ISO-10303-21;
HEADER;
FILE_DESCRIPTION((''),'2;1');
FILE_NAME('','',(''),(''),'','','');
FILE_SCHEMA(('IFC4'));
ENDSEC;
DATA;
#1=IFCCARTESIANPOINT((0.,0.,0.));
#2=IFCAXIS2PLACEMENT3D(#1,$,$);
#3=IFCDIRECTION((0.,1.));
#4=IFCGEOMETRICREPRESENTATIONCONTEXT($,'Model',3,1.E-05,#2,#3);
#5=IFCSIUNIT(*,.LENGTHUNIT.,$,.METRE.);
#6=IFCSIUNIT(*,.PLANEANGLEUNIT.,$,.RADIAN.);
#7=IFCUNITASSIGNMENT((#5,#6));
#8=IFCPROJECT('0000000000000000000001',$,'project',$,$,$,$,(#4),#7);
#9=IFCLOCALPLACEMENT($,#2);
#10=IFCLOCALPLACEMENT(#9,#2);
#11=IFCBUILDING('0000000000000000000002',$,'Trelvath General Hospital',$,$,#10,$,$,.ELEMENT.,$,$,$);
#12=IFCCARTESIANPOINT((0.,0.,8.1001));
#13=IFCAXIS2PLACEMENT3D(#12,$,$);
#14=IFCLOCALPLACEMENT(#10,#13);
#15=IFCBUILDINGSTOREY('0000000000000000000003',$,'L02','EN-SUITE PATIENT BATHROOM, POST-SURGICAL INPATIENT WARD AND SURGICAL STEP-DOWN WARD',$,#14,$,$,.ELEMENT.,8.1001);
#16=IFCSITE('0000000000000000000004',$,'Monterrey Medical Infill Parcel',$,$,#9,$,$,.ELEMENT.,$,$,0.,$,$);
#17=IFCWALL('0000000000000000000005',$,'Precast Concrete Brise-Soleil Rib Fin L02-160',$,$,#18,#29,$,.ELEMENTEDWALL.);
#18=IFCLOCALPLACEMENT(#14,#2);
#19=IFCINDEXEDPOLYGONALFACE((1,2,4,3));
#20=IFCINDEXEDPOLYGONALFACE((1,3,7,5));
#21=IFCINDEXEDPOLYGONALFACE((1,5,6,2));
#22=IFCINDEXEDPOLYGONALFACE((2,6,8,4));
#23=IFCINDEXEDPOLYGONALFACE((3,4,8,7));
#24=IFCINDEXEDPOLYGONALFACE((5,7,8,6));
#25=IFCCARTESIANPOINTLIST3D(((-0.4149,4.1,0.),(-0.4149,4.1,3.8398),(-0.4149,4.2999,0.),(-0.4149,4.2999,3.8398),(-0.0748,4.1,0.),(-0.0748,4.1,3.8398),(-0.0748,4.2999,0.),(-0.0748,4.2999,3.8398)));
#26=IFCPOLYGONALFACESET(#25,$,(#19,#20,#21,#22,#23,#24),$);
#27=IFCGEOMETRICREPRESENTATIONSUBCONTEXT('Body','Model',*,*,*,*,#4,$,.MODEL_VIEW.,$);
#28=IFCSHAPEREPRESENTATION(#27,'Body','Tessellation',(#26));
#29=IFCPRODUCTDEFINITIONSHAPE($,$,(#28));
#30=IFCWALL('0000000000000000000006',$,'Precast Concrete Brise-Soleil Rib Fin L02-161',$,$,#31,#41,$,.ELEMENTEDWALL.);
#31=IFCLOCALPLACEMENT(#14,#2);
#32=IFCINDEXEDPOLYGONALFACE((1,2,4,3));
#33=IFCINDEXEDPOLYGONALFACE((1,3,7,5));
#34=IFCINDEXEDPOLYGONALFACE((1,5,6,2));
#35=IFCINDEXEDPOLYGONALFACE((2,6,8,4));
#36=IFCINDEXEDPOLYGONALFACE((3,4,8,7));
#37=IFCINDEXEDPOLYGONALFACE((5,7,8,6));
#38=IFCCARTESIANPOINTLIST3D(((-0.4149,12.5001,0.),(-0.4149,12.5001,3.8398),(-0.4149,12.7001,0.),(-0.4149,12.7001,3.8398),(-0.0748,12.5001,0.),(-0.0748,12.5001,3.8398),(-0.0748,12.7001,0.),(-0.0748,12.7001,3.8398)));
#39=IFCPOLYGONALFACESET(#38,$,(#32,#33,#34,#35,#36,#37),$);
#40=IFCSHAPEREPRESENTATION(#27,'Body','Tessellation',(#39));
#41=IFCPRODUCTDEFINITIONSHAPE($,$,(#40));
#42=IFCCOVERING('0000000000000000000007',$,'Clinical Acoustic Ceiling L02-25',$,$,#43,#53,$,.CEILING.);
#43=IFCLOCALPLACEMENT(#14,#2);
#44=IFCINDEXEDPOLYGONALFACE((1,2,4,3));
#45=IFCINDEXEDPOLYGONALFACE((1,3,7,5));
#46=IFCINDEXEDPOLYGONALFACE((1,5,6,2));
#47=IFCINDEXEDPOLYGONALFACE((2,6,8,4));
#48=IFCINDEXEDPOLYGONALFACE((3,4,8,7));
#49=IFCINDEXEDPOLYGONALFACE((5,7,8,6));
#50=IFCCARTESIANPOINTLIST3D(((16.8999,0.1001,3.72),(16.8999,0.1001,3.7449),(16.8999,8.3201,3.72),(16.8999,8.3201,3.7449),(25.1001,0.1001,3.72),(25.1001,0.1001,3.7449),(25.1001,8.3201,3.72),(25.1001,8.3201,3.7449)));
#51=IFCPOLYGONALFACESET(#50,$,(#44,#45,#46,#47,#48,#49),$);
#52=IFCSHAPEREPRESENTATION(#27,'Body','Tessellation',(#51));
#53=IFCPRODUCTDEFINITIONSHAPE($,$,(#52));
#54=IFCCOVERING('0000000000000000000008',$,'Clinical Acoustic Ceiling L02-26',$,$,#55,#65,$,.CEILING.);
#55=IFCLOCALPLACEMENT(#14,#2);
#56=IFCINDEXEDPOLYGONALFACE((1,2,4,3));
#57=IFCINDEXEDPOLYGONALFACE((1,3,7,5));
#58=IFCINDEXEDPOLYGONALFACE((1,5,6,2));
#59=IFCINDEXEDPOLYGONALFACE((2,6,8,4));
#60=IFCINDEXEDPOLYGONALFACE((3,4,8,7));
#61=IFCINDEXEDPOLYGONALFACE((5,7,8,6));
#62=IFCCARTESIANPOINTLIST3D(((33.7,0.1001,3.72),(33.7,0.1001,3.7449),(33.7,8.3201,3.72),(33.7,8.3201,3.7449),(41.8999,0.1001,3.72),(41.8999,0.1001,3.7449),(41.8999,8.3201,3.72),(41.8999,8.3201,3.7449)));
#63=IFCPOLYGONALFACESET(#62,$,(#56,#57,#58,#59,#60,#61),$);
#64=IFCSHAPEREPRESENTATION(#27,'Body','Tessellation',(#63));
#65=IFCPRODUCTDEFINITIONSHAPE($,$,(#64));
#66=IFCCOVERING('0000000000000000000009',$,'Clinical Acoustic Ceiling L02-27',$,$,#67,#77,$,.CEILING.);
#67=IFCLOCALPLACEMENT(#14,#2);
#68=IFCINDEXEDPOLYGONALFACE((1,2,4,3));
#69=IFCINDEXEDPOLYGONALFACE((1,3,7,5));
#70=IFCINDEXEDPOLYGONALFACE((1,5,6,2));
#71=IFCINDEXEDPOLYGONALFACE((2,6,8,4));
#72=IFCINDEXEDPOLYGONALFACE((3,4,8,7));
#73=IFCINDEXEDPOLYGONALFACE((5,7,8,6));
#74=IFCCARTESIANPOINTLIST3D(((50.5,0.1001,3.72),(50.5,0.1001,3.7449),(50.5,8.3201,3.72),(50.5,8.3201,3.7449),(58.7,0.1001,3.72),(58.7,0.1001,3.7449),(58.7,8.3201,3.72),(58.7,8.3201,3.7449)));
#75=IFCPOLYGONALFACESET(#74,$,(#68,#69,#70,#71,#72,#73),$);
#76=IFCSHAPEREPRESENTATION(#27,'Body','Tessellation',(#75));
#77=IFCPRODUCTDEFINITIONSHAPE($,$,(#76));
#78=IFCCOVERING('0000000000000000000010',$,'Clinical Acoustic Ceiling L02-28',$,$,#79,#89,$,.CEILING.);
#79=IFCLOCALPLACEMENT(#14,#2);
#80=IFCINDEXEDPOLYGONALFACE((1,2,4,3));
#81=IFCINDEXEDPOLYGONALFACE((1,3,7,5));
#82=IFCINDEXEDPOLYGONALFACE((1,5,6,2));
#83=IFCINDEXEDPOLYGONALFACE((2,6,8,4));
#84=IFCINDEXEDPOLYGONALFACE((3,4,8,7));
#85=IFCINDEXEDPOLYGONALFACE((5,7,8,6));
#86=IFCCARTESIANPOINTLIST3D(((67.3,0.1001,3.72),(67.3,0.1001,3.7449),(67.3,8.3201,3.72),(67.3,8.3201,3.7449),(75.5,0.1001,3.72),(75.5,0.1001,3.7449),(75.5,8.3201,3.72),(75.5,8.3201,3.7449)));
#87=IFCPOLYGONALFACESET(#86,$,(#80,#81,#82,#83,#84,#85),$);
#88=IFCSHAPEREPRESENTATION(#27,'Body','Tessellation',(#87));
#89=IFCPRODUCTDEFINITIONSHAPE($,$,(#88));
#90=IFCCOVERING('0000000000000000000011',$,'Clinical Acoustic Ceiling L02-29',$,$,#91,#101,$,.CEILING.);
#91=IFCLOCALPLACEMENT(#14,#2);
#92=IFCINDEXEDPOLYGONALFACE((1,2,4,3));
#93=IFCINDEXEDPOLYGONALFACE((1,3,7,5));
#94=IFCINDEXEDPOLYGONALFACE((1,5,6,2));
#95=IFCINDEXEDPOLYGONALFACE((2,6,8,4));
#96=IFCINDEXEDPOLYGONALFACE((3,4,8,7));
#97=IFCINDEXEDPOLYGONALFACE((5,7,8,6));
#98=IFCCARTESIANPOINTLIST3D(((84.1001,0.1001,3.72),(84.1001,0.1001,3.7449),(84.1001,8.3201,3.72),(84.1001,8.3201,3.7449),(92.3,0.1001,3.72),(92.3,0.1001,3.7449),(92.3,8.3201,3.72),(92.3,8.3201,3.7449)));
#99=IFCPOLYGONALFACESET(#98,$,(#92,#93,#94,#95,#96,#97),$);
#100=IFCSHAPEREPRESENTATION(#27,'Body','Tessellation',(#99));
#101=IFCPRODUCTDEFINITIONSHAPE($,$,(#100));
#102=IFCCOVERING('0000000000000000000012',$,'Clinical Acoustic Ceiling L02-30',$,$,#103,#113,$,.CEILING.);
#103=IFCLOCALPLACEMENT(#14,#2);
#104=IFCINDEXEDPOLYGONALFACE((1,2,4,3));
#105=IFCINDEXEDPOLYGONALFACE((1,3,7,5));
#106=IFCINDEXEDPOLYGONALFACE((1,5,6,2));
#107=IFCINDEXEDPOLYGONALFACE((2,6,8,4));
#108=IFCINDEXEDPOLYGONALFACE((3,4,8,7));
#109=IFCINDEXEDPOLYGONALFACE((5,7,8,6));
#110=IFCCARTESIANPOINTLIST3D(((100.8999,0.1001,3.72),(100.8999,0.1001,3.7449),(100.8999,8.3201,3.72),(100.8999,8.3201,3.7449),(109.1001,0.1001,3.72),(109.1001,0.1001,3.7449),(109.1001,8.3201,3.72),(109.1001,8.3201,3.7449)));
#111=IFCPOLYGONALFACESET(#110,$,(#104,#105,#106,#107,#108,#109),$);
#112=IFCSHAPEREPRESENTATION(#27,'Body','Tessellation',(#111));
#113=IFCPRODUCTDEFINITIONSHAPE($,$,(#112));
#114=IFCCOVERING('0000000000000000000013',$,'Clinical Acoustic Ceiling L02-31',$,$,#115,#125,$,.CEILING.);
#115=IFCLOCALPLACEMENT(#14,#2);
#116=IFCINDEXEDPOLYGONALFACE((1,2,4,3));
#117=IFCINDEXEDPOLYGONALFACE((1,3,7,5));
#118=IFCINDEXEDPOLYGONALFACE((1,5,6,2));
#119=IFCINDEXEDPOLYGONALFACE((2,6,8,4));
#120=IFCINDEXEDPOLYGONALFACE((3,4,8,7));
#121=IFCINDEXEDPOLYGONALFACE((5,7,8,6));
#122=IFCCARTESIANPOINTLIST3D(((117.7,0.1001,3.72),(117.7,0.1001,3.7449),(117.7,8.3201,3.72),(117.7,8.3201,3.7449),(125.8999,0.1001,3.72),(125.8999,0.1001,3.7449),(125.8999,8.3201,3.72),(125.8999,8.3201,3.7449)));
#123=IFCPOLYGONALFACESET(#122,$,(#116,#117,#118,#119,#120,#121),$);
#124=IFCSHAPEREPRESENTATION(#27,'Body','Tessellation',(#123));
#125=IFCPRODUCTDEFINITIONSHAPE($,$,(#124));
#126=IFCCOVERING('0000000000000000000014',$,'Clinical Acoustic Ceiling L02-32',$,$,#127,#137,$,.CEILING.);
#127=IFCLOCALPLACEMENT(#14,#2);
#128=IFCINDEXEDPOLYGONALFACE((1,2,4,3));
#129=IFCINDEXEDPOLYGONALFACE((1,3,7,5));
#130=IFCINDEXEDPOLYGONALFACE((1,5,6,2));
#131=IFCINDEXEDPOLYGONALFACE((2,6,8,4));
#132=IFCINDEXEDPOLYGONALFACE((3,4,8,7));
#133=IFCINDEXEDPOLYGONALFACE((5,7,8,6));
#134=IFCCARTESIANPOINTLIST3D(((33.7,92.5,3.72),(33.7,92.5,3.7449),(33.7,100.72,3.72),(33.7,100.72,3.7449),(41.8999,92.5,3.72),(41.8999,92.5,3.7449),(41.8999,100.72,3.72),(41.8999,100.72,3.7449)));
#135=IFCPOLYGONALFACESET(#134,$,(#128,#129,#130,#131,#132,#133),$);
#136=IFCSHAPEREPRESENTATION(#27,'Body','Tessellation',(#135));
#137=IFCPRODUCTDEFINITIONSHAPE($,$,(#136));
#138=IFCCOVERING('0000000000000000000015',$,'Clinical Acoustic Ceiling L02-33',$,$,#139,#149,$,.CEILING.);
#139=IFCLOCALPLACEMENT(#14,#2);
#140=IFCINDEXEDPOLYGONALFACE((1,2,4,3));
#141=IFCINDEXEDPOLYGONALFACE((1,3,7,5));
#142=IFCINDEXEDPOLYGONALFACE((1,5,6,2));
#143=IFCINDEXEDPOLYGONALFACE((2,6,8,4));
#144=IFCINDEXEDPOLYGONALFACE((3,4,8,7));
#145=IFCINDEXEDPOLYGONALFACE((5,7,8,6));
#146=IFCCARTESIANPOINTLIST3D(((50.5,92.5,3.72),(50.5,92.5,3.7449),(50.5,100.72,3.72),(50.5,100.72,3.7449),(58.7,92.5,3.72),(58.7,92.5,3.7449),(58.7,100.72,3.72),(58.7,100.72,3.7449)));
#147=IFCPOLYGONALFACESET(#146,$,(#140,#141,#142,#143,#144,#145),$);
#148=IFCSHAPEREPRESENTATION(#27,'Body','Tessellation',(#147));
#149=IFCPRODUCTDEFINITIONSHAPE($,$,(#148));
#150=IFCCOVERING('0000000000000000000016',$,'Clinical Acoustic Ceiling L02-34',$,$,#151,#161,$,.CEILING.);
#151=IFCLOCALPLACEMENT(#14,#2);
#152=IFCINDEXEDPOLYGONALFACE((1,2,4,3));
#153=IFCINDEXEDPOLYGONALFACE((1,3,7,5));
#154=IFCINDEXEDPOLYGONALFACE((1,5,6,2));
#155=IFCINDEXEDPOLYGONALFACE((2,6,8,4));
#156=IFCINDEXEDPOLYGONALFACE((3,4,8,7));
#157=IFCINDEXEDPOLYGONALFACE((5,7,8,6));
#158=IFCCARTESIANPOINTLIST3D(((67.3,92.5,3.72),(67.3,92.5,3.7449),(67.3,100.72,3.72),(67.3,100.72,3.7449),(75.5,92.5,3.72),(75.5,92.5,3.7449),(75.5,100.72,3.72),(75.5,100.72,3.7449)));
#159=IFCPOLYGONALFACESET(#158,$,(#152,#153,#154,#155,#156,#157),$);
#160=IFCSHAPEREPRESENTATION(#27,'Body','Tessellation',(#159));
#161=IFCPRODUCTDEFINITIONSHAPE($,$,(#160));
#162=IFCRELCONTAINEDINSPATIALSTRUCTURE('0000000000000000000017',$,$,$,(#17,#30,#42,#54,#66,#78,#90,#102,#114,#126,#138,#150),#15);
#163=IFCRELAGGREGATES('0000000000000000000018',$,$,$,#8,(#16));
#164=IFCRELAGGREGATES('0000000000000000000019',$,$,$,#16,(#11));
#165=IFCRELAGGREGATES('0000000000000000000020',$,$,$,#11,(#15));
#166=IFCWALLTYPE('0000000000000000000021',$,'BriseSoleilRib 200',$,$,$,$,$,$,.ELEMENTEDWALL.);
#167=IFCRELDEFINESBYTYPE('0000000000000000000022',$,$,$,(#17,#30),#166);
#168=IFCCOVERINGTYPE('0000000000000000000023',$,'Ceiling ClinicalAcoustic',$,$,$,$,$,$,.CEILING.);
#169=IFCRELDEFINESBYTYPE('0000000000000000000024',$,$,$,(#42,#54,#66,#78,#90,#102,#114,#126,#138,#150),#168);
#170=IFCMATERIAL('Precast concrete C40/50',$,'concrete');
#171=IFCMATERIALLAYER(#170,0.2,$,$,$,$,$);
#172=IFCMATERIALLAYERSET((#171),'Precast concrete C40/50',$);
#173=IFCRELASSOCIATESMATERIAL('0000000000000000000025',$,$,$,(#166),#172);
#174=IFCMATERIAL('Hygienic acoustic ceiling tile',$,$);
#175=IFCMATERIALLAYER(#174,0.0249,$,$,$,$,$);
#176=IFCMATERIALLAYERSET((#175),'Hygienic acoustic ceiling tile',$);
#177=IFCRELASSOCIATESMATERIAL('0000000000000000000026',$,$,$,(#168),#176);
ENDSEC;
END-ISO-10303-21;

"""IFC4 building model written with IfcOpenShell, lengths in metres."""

from ifc_helpers import new_model, si_unit, direction, frame, frame_2d, origin, place, context, subcontext, project, spatial, polyline, rectangle, outline, extrude, material, layer, layer_set, type_object, element, save


model = new_model("IFC4")

# Units and contexts
model_context = context("Model", 3, precision=1e-05, world=origin(), true_north=direction((0.0, 1.0)))
body_context = subcontext(model_context, "Body", "Model", "MODEL_VIEW")
ifc_project = project(units=[si_unit("LENGTHUNIT", "METRE"), si_unit("PLANEANGLEUNIT", "RADIAN")], contexts=[model_context])

# Site, building, storey
site_placement = place(None, origin())
site = spatial("IfcSite", under=ifc_project, at=site_placement, Name="Monterrey Medical Infill Parcel", CompositionType="ELEMENT", RefElevation=0.0)
building_placement = place(site_placement, origin())
building = spatial("IfcBuilding", under=site, at=building_placement, Name="Trelvath General Hospital", CompositionType="ELEMENT")
storey_placement = place(building_placement, frame((0.0, 0.0, 8.1001)))
storey = spatial("IfcBuildingStorey", under=building, at=storey_placement, Name="L02", Description="EN-SUITE PATIENT BATHROOM, POST-SURGICAL INPATIENT WARD AND SURGICAL STEP-DOWN WARD", CompositionType="ELEMENT", Elevation=8.1001)

# Walls
ifc_material_1 = material(Name="Precast concrete C40/50", Category="concrete")
ifc_layer_1 = layer(ifc_material_1, 0.2)
ifc_layer_set_1 = layer_set([ifc_layer_1], Name="Precast concrete C40/50")
wall_type = type_object("IfcWallType", Name="BriseSoleilRib 200", PredefinedType="ELEMENTEDWALL", material=ifc_layer_set_1)
for number, where, z_axis, x_axis, name in (
    (1, (-0.075, 4.2, 0.0), (0.0, 0.0, 1.0), (-1.0, 0.0, 0.0), "Precast Concrete Brise-Soleil Rib Fin L02-160"),
    (2, (-0.075, 12.6001, 0.0), (0.0, 0.0, 1.0), (-1.0, 0.0, 0.0), "Precast Concrete Brise-Soleil Rib Fin L02-161"),
):
    element("IfcWall", number, at=place(storey_placement, frame(where, z_axis=z_axis, x_axis=x_axis)), inside=storey, type_object=wall_type, Name=name, PredefinedType="ELEMENTEDWALL", context=body_context, shape_type="SweptSolid", body=[
        extrude(rectangle(XDim=0.3401, YDim=0.2, at=frame_2d((0.1699, 0.0))), origin(), (0.0, 0.0, 1.0), 3.8398),
    ])

# Coverings
ifc_material_2 = material(Name="Hygienic acoustic ceiling tile")
ifc_layer_2 = layer(ifc_material_2, 0.0249)
ifc_layer_set_2 = layer_set([ifc_layer_2], Name="Hygienic acoustic ceiling tile")
covering_type = type_object("IfcCoveringType", Name="Ceiling ClinicalAcoustic", PredefinedType="CEILING", material=ifc_layer_set_2)
covering_1_placement = place(storey_placement, frame((0.0, 0.0, 3.72)))
element("IfcCovering", 3, at=covering_1_placement, inside=storey, type_object=covering_type, Name="Clinical Acoustic Ceiling L02-25", PredefinedType="CEILING", context=body_context, shape_type="SweptSolid", body=[
    extrude(outline(polyline([(16.8999, 0.1001), (25.1001, 0.1001), (25.1001, 8.3201), (16.8999, 8.3201), (16.8999, 0.1001)])), origin(), (0.0, 0.0, 1.0), 0.0249),
])
covering_2_placement = place(storey_placement, frame((0.0, 0.0, 3.72)))
element("IfcCovering", 4, at=covering_2_placement, inside=storey, type_object=covering_type, Name="Clinical Acoustic Ceiling L02-26", PredefinedType="CEILING", context=body_context, shape_type="SweptSolid", body=[
    extrude(outline(polyline([(33.7, 0.1001), (41.8999, 0.1001), (41.8999, 8.3201), (33.7, 8.3201), (33.7, 0.1001)])), origin(), (0.0, 0.0, 1.0), 0.0249),
])
covering_3_placement = place(storey_placement, frame((0.0, 0.0, 3.72)))
element("IfcCovering", 5, at=covering_3_placement, inside=storey, type_object=covering_type, Name="Clinical Acoustic Ceiling L02-27", PredefinedType="CEILING", context=body_context, shape_type="SweptSolid", body=[
    extrude(outline(polyline([(50.5, 0.1001), (58.7, 0.1001), (58.7, 8.3201), (50.5, 8.3201), (50.5, 0.1001)])), origin(), (0.0, 0.0, 1.0), 0.0249),
])
covering_4_placement = place(storey_placement, frame((0.0, 0.0, 3.72)))
element("IfcCovering", 6, at=covering_4_placement, inside=storey, type_object=covering_type, Name="Clinical Acoustic Ceiling L02-28", PredefinedType="CEILING", context=body_context, shape_type="SweptSolid", body=[
    extrude(outline(polyline([(67.3, 0.1001), (75.5, 0.1001), (75.5, 8.3201), (67.3, 8.3201), (67.3, 0.1001)])), origin(), (0.0, 0.0, 1.0), 0.0249),
])
covering_5_placement = place(storey_placement, frame((0.0, 0.0, 3.72)))
element("IfcCovering", 7, at=covering_5_placement, inside=storey, type_object=covering_type, Name="Clinical Acoustic Ceiling L02-29", PredefinedType="CEILING", context=body_context, shape_type="SweptSolid", body=[
    extrude(outline(polyline([(84.1001, 0.1001), (92.3, 0.1001), (92.3, 8.3201), (84.1001, 8.3201), (84.1001, 0.1001)])), origin(), (0.0, 0.0, 1.0), 0.0249),
])
covering_6_placement = place(storey_placement, frame((0.0, 0.0, 3.72)))
element("IfcCovering", 8, at=covering_6_placement, inside=storey, type_object=covering_type, Name="Clinical Acoustic Ceiling L02-30", PredefinedType="CEILING", context=body_context, shape_type="SweptSolid", body=[
    extrude(outline(polyline([(100.8999, 0.1001), (109.1001, 0.1001), (109.1001, 8.3201), (100.8999, 8.3201), (100.8999, 0.1001)])), origin(), (0.0, 0.0, 1.0), 0.0249),
])
covering_7_placement = place(storey_placement, frame((0.0, 0.0, 3.72)))
element("IfcCovering", 9, at=covering_7_placement, inside=storey, type_object=covering_type, Name="Clinical Acoustic Ceiling L02-31", PredefinedType="CEILING", context=body_context, shape_type="SweptSolid", body=[
    extrude(outline(polyline([(117.7, 0.1001), (125.8999, 0.1001), (125.8999, 8.3201), (117.7, 8.3201), (117.7, 0.1001)])), origin(), (0.0, 0.0, 1.0), 0.0249),
])
covering_8_placement = place(storey_placement, frame((0.0, 0.0, 3.72)))
element("IfcCovering", 10, at=covering_8_placement, inside=storey, type_object=covering_type, Name="Clinical Acoustic Ceiling L02-32", PredefinedType="CEILING", context=body_context, shape_type="SweptSolid", body=[
    extrude(outline(polyline([(33.7, 92.5), (41.8999, 92.5), (41.8999, 100.72), (33.7, 100.72), (33.7, 92.5)])), origin(), (0.0, 0.0, 1.0), 0.0249),
])
covering_9_placement = place(storey_placement, frame((0.0, 0.0, 3.72)))
element("IfcCovering", 11, at=covering_9_placement, inside=storey, type_object=covering_type, Name="Clinical Acoustic Ceiling L02-33", PredefinedType="CEILING", context=body_context, shape_type="SweptSolid", body=[
    extrude(outline(polyline([(50.5, 92.5), (58.7, 92.5), (58.7, 100.72), (50.5, 100.72), (50.5, 92.5)])), origin(), (0.0, 0.0, 1.0), 0.0249),
])
covering_10_placement = place(storey_placement, frame((0.0, 0.0, 3.72)))
element("IfcCovering", 12, at=covering_10_placement, inside=storey, type_object=covering_type, Name="Clinical Acoustic Ceiling L02-34", PredefinedType="CEILING", context=body_context, shape_type="SweptSolid", body=[
    extrude(outline(polyline([(67.3, 92.5), (75.5, 92.5), (75.5, 100.72), (67.3, 100.72), (67.3, 92.5)])), origin(), (0.0, 0.0, 1.0), 0.0249),
])

save(model, "model.ifc")
